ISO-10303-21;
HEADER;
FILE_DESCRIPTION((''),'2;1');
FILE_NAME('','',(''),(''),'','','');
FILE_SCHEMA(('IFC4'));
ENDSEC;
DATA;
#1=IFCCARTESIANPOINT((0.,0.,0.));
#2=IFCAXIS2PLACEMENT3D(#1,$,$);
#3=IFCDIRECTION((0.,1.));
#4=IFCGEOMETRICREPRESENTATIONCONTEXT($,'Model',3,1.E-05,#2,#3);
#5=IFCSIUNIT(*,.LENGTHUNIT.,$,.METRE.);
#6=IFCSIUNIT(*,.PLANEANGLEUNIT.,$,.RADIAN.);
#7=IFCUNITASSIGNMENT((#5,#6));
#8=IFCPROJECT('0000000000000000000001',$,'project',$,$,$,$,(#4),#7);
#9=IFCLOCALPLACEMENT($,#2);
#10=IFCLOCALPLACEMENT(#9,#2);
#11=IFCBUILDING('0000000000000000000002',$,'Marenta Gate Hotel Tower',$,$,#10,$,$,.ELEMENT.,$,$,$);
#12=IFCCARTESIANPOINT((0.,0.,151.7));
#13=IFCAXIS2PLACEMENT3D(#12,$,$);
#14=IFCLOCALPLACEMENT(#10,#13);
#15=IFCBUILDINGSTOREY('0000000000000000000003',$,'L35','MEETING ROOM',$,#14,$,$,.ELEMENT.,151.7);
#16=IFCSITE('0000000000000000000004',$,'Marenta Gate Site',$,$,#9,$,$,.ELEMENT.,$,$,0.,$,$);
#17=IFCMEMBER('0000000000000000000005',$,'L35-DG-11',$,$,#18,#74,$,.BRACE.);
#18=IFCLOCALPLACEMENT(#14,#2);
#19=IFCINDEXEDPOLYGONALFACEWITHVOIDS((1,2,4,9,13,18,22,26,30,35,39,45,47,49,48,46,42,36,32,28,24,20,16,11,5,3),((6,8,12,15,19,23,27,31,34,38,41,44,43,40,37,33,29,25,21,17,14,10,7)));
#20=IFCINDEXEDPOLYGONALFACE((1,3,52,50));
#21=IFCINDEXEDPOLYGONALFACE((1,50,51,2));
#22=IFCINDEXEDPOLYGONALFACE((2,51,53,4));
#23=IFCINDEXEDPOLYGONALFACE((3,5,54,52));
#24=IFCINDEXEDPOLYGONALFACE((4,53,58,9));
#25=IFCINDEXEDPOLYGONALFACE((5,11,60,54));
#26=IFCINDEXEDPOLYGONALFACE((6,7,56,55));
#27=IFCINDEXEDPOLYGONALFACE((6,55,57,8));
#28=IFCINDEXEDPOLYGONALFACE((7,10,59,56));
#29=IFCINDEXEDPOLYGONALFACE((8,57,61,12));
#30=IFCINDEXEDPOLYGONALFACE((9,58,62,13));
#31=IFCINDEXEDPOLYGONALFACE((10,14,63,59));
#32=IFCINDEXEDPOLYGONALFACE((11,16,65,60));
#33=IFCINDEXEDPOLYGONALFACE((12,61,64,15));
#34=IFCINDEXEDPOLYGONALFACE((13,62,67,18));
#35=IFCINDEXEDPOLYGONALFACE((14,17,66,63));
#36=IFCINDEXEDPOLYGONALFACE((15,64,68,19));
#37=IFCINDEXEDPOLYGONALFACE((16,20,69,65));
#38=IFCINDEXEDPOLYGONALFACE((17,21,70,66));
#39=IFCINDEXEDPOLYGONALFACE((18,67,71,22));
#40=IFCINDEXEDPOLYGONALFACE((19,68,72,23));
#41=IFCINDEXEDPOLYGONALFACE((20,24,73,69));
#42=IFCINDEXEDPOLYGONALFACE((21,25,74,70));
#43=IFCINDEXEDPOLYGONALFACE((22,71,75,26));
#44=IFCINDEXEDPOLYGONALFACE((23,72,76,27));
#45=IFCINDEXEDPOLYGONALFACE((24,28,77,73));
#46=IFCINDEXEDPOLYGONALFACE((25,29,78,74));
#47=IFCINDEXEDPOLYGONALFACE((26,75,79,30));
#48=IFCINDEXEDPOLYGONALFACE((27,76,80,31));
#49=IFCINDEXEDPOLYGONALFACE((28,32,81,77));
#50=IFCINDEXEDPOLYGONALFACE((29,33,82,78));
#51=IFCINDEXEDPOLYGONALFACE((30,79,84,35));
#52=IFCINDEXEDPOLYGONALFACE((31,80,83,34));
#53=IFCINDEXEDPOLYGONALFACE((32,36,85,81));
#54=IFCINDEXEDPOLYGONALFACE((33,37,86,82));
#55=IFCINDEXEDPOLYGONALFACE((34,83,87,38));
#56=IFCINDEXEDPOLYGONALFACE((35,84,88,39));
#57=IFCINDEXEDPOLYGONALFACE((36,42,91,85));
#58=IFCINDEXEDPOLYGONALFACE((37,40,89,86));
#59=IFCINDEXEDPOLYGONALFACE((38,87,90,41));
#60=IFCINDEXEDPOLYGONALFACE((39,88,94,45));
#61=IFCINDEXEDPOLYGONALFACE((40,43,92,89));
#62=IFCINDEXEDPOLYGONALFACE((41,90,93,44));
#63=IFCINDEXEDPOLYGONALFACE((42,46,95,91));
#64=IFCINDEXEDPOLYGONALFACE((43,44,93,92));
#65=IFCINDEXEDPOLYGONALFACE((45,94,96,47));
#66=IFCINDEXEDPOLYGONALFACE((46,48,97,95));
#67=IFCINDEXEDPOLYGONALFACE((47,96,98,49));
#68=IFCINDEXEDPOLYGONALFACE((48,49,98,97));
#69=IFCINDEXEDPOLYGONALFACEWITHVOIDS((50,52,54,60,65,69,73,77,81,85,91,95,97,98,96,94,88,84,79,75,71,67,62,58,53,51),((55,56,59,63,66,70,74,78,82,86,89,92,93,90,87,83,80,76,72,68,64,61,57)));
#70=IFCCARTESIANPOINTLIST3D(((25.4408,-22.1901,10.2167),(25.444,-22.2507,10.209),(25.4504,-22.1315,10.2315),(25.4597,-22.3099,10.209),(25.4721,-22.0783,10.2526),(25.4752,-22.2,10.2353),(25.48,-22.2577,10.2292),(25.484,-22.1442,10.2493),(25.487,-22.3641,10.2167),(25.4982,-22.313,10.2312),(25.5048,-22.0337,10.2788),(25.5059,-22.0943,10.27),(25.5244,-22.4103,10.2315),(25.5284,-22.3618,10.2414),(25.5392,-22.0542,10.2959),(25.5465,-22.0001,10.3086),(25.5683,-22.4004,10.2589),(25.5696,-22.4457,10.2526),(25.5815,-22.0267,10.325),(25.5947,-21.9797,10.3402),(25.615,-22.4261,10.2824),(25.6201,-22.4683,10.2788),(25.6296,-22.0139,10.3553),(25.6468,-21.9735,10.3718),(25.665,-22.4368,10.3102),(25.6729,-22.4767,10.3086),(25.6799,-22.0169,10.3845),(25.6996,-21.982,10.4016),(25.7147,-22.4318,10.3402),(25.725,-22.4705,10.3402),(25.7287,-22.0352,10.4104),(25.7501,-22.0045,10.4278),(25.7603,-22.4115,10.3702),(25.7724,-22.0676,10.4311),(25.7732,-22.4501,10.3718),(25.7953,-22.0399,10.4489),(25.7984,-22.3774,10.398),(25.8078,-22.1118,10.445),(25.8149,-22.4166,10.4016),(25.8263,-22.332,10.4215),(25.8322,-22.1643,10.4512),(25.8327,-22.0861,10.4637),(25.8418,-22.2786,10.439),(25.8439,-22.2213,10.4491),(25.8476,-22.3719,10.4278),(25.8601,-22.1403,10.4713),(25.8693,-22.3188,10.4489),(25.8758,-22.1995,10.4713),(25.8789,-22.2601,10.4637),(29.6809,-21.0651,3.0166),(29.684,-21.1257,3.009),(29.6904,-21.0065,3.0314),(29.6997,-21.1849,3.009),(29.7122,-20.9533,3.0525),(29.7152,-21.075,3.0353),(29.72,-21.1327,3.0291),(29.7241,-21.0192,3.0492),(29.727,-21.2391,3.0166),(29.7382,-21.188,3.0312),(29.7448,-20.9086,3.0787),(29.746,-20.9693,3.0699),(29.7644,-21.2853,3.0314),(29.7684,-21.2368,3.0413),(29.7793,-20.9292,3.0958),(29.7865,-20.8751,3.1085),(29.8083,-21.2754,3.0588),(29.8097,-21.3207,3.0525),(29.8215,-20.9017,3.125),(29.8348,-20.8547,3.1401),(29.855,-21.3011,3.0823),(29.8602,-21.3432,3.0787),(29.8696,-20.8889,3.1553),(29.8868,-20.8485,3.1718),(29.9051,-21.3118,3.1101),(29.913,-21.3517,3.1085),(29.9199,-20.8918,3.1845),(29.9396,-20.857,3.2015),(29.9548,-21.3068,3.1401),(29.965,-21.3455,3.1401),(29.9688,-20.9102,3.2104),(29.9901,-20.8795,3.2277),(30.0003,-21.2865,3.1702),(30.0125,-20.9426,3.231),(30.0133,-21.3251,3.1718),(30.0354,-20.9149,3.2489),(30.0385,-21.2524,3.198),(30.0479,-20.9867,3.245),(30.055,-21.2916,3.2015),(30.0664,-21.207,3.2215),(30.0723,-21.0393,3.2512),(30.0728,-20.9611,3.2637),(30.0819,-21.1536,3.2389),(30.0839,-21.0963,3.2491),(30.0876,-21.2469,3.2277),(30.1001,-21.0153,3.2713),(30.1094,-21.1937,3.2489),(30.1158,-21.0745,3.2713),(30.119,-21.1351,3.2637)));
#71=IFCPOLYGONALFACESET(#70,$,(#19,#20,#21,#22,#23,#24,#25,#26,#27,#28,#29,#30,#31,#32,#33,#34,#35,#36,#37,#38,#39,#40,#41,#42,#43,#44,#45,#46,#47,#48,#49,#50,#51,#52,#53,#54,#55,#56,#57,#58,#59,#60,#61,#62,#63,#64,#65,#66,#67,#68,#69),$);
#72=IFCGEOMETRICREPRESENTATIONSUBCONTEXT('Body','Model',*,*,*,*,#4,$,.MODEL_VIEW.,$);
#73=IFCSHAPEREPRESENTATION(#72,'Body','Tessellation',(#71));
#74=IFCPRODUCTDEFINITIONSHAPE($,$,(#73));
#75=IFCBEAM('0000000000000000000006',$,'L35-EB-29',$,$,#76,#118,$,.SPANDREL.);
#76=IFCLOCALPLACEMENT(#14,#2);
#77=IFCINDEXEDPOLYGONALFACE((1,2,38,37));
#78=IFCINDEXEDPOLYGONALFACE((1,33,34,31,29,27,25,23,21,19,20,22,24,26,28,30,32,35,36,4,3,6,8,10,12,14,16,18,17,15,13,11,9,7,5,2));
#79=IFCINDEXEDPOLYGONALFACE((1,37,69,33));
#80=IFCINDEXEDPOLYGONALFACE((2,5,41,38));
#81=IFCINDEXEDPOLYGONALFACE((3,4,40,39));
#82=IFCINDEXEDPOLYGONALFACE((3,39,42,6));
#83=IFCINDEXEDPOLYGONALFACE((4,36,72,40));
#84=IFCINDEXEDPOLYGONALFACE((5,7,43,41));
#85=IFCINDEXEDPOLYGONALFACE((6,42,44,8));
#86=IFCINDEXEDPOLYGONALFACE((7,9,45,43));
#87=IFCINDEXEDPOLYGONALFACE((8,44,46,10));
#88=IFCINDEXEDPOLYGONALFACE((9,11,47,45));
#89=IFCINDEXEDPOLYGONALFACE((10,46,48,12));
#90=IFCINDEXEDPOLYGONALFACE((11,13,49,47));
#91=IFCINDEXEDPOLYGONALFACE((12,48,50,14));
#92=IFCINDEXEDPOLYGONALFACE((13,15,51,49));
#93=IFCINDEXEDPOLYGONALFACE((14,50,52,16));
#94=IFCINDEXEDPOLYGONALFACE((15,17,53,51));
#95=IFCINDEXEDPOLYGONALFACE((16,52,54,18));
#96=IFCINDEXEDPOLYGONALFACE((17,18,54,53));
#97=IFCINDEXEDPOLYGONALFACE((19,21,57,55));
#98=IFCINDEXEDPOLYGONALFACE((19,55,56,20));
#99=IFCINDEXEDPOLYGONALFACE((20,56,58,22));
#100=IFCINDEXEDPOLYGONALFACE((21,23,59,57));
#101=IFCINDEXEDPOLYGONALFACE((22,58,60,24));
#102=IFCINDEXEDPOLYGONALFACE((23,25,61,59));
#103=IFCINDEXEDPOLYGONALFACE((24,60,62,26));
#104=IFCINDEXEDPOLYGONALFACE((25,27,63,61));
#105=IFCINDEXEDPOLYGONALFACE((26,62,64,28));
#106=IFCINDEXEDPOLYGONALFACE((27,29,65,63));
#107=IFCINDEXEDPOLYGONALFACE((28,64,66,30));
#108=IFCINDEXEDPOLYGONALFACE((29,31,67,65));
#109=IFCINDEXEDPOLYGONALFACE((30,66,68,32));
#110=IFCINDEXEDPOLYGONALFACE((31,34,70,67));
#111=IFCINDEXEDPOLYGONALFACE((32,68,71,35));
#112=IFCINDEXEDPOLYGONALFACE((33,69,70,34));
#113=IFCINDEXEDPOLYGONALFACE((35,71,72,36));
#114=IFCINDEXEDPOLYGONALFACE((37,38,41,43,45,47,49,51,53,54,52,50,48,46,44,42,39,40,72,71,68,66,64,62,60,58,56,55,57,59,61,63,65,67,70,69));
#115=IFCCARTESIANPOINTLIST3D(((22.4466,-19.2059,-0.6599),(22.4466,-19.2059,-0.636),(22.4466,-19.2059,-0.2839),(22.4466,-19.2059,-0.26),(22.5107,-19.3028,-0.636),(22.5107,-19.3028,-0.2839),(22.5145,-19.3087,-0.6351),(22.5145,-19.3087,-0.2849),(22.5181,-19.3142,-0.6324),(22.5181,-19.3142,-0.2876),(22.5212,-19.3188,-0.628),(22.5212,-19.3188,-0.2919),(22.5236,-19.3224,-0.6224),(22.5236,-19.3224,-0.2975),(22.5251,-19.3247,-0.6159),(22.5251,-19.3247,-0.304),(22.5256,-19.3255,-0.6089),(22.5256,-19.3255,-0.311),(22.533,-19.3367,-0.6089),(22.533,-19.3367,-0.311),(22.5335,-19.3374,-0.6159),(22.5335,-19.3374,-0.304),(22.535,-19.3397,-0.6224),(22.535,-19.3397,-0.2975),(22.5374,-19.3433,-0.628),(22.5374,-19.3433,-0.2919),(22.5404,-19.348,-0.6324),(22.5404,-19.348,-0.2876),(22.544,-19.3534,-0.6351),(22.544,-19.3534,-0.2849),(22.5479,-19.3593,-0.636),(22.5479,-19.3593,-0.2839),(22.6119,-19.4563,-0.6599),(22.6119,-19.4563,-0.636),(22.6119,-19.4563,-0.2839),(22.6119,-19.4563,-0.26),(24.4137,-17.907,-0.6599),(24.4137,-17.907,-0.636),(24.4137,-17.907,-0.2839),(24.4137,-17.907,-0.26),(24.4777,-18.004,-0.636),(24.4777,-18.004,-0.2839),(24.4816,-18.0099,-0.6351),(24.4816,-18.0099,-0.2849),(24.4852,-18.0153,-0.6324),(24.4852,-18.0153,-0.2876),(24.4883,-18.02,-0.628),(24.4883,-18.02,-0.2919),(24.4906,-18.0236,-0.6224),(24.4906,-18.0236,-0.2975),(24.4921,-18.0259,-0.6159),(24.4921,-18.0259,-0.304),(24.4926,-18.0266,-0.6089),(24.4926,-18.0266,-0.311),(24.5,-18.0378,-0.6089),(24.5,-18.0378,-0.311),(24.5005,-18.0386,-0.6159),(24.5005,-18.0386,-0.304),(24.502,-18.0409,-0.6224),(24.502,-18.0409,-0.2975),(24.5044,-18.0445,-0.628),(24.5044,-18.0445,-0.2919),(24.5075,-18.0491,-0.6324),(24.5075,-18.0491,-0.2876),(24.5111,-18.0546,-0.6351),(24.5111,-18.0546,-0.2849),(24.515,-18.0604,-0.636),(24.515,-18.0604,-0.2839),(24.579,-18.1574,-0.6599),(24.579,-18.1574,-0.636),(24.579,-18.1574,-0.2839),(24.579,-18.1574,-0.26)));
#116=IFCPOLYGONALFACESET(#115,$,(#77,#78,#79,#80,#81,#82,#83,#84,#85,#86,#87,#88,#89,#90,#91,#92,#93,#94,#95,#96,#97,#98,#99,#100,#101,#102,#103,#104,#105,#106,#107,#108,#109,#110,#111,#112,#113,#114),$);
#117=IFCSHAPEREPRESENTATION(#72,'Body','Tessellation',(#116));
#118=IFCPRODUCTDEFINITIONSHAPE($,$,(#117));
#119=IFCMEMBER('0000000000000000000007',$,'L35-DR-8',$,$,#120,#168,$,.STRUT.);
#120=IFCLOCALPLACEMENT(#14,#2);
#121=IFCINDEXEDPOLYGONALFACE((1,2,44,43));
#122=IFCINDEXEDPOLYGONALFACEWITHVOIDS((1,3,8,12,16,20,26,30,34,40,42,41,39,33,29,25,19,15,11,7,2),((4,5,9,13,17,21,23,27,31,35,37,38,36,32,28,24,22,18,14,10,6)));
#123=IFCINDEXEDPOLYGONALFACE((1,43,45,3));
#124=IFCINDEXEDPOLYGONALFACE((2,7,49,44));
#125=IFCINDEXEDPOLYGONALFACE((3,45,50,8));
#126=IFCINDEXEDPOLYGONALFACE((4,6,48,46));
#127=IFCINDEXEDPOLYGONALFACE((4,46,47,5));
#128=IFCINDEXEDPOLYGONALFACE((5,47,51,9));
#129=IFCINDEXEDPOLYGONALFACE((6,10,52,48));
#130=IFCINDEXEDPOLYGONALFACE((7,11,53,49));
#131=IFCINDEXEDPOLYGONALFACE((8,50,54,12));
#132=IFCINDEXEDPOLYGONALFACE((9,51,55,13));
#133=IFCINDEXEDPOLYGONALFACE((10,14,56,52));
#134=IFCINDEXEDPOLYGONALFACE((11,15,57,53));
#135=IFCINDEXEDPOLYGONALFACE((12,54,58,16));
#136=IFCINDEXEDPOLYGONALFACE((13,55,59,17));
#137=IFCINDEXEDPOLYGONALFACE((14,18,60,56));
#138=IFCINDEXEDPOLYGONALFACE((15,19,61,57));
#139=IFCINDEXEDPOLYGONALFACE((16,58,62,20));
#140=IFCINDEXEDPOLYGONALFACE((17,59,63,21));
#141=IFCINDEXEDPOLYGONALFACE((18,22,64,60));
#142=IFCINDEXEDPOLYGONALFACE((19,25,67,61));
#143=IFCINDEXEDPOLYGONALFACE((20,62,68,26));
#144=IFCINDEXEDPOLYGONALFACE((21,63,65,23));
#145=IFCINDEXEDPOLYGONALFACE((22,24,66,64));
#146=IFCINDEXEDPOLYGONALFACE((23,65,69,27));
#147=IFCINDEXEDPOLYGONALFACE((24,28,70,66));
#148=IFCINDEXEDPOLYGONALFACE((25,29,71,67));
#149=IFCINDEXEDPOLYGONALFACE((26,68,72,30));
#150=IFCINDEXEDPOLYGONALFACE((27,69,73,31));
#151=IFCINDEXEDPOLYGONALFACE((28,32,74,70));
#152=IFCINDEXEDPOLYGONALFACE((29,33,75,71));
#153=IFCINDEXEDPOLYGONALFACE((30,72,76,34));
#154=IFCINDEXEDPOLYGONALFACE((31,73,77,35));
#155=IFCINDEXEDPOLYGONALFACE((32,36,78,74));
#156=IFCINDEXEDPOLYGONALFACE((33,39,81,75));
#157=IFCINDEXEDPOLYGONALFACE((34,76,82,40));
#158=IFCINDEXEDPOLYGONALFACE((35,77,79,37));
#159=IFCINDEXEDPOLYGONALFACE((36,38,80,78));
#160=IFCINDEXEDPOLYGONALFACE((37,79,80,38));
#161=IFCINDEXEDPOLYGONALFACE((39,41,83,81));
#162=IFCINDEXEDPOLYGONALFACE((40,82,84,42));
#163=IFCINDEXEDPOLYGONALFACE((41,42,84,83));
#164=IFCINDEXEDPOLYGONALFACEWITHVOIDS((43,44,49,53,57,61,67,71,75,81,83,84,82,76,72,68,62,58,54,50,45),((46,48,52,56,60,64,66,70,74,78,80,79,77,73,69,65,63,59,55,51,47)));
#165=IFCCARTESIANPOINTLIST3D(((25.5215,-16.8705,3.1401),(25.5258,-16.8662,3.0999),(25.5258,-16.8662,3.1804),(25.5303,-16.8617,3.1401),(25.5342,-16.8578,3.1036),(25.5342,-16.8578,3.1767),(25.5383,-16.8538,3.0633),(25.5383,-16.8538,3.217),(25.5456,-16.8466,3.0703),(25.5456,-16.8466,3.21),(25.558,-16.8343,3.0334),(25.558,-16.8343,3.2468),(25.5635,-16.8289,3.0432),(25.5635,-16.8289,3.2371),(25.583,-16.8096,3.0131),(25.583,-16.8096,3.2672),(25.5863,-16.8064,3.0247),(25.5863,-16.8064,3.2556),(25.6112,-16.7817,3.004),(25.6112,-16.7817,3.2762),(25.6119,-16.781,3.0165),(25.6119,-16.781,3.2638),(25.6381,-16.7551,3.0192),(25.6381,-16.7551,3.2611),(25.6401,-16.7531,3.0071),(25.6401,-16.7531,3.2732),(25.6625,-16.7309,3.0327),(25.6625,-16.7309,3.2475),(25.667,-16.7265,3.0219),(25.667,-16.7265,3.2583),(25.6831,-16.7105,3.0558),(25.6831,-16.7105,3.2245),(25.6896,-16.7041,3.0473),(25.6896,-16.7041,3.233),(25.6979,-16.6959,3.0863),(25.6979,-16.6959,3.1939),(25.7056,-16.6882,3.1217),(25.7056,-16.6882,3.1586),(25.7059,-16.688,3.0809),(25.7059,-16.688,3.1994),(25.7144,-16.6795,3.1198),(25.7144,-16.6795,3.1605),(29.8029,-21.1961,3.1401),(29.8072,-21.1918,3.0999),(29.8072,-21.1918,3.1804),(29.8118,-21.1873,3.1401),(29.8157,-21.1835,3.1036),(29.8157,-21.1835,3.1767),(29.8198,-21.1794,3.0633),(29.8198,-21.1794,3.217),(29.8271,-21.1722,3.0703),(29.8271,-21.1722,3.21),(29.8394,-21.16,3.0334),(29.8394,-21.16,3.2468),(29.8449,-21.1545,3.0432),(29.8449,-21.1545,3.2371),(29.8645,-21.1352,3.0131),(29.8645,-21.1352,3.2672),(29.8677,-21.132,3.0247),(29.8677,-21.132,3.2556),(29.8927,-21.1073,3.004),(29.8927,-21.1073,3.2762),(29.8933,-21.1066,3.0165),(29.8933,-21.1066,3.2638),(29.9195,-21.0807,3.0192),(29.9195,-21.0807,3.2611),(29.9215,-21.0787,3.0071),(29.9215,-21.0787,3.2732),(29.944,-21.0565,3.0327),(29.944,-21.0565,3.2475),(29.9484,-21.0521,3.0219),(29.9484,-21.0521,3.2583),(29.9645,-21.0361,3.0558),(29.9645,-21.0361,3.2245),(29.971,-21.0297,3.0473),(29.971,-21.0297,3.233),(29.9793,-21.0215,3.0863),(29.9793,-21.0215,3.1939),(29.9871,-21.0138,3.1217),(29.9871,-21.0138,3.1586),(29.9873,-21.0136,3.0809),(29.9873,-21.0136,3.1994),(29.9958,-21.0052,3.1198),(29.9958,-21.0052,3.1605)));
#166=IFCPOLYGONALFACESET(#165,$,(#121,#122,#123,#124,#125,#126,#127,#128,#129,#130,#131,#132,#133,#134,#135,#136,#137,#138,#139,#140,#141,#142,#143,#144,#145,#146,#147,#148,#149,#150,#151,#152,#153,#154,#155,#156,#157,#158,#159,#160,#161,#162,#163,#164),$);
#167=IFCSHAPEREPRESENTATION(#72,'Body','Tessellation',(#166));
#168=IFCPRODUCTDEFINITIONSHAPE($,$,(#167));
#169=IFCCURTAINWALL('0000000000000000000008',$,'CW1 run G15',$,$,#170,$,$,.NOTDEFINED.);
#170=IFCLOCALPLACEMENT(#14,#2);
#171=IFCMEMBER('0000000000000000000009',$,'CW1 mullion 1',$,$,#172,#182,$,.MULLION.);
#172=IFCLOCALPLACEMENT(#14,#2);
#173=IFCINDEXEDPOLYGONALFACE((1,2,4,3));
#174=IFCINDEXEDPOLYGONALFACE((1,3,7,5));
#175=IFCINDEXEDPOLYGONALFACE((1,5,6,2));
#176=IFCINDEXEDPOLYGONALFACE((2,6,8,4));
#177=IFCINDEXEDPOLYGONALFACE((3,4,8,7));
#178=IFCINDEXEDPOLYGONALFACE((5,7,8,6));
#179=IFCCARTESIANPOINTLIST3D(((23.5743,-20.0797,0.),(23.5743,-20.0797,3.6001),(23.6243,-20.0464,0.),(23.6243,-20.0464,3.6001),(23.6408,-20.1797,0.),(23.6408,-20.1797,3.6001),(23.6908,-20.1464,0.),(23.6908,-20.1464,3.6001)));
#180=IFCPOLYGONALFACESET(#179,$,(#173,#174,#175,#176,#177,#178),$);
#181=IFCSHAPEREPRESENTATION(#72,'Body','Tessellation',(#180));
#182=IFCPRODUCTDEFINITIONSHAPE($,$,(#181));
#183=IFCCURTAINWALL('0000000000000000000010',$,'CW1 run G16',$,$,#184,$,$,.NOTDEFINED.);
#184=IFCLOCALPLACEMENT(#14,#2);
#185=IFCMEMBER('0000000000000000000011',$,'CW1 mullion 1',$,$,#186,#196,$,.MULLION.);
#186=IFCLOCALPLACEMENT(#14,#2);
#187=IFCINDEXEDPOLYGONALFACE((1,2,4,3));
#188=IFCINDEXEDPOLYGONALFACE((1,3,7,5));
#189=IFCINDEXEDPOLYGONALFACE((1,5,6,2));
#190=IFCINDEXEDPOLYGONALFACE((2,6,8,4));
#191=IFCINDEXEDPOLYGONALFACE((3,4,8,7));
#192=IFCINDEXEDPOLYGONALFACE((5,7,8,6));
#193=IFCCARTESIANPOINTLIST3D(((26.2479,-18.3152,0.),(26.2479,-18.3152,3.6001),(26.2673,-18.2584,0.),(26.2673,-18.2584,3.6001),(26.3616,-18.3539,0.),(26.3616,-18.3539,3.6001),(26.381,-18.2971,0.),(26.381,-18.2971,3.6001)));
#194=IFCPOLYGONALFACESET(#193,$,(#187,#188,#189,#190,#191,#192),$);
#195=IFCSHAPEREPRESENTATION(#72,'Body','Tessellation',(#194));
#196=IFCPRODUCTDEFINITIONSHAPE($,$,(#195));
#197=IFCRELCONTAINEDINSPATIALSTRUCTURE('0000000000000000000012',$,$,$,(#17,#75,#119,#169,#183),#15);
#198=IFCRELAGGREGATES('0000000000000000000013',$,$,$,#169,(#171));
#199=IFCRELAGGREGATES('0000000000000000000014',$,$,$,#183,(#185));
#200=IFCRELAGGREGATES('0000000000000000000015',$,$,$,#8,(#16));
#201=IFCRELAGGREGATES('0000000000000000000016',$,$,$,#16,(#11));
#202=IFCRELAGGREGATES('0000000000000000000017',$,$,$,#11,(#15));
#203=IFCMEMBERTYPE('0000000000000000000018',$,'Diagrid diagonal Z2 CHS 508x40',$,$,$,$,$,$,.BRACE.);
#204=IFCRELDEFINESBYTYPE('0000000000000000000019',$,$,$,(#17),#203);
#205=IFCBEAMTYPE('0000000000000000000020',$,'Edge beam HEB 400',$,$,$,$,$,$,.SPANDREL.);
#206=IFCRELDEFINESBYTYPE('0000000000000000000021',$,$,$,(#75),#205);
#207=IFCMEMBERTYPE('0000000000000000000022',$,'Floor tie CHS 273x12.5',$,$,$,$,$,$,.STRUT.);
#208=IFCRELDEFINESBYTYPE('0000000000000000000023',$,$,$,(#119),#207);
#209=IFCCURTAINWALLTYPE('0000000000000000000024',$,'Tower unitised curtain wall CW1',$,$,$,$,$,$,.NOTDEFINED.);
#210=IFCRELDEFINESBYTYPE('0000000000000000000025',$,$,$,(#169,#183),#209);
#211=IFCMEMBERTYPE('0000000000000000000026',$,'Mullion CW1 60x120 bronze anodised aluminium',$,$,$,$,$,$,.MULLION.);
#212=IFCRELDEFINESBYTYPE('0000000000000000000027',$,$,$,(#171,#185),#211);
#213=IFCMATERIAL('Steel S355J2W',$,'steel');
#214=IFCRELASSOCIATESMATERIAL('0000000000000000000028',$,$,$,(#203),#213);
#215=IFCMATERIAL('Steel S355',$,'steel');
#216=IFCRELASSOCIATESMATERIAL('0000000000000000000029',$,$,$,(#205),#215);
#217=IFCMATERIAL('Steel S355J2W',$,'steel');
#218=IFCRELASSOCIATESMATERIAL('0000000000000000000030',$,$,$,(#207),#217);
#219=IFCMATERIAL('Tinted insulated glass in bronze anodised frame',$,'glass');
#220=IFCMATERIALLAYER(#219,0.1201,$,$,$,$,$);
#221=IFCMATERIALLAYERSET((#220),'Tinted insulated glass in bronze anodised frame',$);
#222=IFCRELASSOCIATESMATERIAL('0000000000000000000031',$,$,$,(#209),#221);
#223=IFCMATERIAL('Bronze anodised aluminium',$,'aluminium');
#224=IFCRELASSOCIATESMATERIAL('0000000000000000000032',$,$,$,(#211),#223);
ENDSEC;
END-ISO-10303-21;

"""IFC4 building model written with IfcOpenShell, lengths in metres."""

from ifc_helpers import new_model, si_unit, direction, frame, origin, origin_2d, place, context, subcontext, project, spatial, rectangle, hollow_circle, i_section, extrude, material, layer, layer_set, material_profile, profile_set, type_object, element, aggregate, save


model = new_model("IFC4")

# Units and contexts
model_context = context("Model", 3, precision=1e-05, world=origin(), true_north=direction((0.0, 1.0)))
body_context = subcontext(model_context, "Body", "Model", "MODEL_VIEW")
ifc_project = project(units=[si_unit("LENGTHUNIT", "METRE"), si_unit("PLANEANGLEUNIT", "RADIAN")], contexts=[model_context])

# Site, building, storey
site_placement = place(None, origin())
site = spatial("IfcSite", under=ifc_project, at=site_placement, Name="Marenta Gate Site", CompositionType="ELEMENT", RefElevation=0.0)
building_placement = place(site_placement, origin())
building = spatial("IfcBuilding", under=site, at=building_placement, Name="Marenta Gate Hotel Tower", CompositionType="ELEMENT")
storey_placement = place(building_placement, frame((0.0, 0.0, 151.7)))
storey = spatial("IfcBuildingStorey", under=building, at=storey_placement, Name="L35", Description="MEETING ROOM", CompositionType="ELEMENT", Elevation=151.7)

# Member
ifc_material_1 = material(Name="Steel S355J2W", Category="steel")
ifc_material_profile_1 = material_profile(ifc_material_1, hollow_circle(Radius=0.2539, WallThickness=0.04, at=origin_2d()), Name="CHS 508x40")
ifc_profile_set_1 = profile_set([ifc_material_profile_1], Name="Steel S355J2W")
member_type_1 = type_object("IfcMemberType", Name="Diagrid diagonal Z2 CHS 508x40", PredefinedType="BRACE", material=ifc_profile_set_1)
member_1_placement = place(storey_placement, frame((29.8999, -21.1001, 3.1401), z_axis=(-0.502902, -0.133435, 0.853981), x_axis=(0.256457, -0.966556, 0.0)))
element("IfcMember", 1, at=member_1_placement, inside=storey, type_object=member_type_1, Name="L35-DG-11", PredefinedType="BRACE", context=body_context, shape_type="SweptSolid", body=[
    extrude(hollow_circle(Radius=0.2539, WallThickness=0.04, at=origin_2d()), origin(), (0.0, 0.0, 1.0), 8.4312),
])

# Beam
ifc_material_2 = material(Name="Steel S355", Category="steel")
ifc_material_profile_2 = material_profile(ifc_material_2, i_section(OverallWidth=0.3, OverallDepth=0.3999, WebThickness=0.0134, FlangeThickness=0.0239, FilletRadius=0.0271, at=origin_2d()), Name="HEB 400")
ifc_profile_set_2 = profile_set([ifc_material_profile_2], Name="Steel S355")
beam_type = type_object("IfcBeamType", Name="Edge beam HEB 400", PredefinedType="SPANDREL", material=ifc_profile_set_2)
beam_placement = place(storey_placement, frame((24.4963, -18.0322, -0.46), z_axis=(-0.834496, -0.551014, 0.0), x_axis=(0.551014, -0.834496, 0.0)))
element("IfcBeam", 2, at=beam_placement, inside=storey, type_object=beam_type, Name="L35-EB-29", PredefinedType="SPANDREL", context=body_context, shape_type="SweptSolid", body=[
    extrude(i_section(OverallWidth=0.3, OverallDepth=0.3999, WebThickness=0.0134, FlangeThickness=0.0239, FilletRadius=0.0271, at=origin_2d()), origin(), (0.0, 0.0, 1.0), 2.3572),
])

# Member
ifc_material_3 = material(Name="Steel S355J2W", Category="steel")
ifc_material_profile_3 = material_profile(ifc_material_3, hollow_circle(Radius=0.1365, WallThickness=0.0125, at=origin_2d()), Name="CHS 273x12.5")
ifc_profile_set_3 = profile_set([ifc_material_profile_3], Name="Steel S355J2W")
member_type_2 = type_object("IfcMemberType", Name="Floor tie CHS 273x12.5", PredefinedType="STRUT", material=ifc_profile_set_3)
member_2_placement = place(storey_placement, frame((29.8999, -21.1001, 3.1401), z_axis=(-0.703467, 0.710728, 0.0), x_axis=(-0.710728, -0.703467, 0.0)))
element("IfcMember", 3, at=member_2_placement, inside=storey, type_object=member_type_2, Name="L35-DR-8", PredefinedType="STRUT", context=body_context, shape_type="SweptSolid", body=[
    extrude(hollow_circle(Radius=0.1365, WallThickness=0.0125, at=origin_2d()), origin(), (0.0, 0.0, 1.0), 6.0862),
])

# Curtain walls, members
ifc_material_4 = material(Name="Tinted insulated glass in bronze anodised frame", Category="glass")
ifc_layer_1 = layer(ifc_material_4, 0.1201)
ifc_layer_set_1 = layer_set([ifc_layer_1], Name="Tinted insulated glass in bronze anodised frame")
curtain_wall_type = type_object("IfcCurtainWallType", Name="Tower unitised curtain wall CW1", PredefinedType="NOTDEFINED", material=ifc_layer_set_1)
curtain_wall_1_placement = place(storey_placement, origin())
curtain_wall_1 = element("IfcCurtainWall", 4, at=curtain_wall_1_placement, inside=storey, type_object=curtain_wall_type, Name="CW1 run G15", PredefinedType="NOTDEFINED")
ifc_material_5 = material(Name="Bronze anodised aluminium", Category="aluminium")
ifc_material_profile_4 = material_profile(ifc_material_5, rectangle(XDim=0.1201, YDim=0.0601, at=origin_2d()), Name="Mullion CW1 60x120 bronze anodised aluminium")
ifc_profile_set_4 = profile_set([ifc_material_profile_4], Name="Bronze anodised aluminium")
member_type_3 = type_object("IfcMemberType", Name="Mullion CW1 60x120 bronze anodised aluminium", PredefinedType="MULLION", material=ifc_profile_set_4)
member_3_placement = place(storey_placement, frame((23.6326, -20.113, 0.0), z_axis=(0.0, 0.0, 1.0), x_axis=(-0.554016, 0.832506, 0.0)))
member_3 = element("IfcMember", 5, at=member_3_placement, type_object=member_type_3, Name="CW1 mullion 1", PredefinedType="MULLION", context=body_context, shape_type="SweptSolid", body=[
    extrude(rectangle(XDim=0.1201, YDim=0.0601, at=origin_2d()), origin(), (0.0, 0.0, 1.0), 3.6001),
])
curtain_wall_2_placement = place(storey_placement, origin())
curtain_wall_2 = element("IfcCurtainWall", 6, at=curtain_wall_2_placement, inside=storey, type_object=curtain_wall_type, Name="CW1 run G16", PredefinedType="NOTDEFINED")
member_4_placement = place(storey_placement, frame((26.3145, -18.3062, 0.0), z_axis=(0.0, 0.0, 1.0), x_axis=(-0.946727, 0.322037, 0.0)))
member_4 = element("IfcMember", 7, at=member_4_placement, type_object=member_type_3, Name="CW1 mullion 1", PredefinedType="MULLION", context=body_context, shape_type="SweptSolid", body=[
    extrude(rectangle(XDim=0.1201, YDim=0.0601, at=origin_2d()), origin(), (0.0, 0.0, 1.0), 3.6001),
])

aggregate(curtain_wall_1, [member_3])
aggregate(curtain_wall_2, [member_4])

save(model, "model.ifc")
